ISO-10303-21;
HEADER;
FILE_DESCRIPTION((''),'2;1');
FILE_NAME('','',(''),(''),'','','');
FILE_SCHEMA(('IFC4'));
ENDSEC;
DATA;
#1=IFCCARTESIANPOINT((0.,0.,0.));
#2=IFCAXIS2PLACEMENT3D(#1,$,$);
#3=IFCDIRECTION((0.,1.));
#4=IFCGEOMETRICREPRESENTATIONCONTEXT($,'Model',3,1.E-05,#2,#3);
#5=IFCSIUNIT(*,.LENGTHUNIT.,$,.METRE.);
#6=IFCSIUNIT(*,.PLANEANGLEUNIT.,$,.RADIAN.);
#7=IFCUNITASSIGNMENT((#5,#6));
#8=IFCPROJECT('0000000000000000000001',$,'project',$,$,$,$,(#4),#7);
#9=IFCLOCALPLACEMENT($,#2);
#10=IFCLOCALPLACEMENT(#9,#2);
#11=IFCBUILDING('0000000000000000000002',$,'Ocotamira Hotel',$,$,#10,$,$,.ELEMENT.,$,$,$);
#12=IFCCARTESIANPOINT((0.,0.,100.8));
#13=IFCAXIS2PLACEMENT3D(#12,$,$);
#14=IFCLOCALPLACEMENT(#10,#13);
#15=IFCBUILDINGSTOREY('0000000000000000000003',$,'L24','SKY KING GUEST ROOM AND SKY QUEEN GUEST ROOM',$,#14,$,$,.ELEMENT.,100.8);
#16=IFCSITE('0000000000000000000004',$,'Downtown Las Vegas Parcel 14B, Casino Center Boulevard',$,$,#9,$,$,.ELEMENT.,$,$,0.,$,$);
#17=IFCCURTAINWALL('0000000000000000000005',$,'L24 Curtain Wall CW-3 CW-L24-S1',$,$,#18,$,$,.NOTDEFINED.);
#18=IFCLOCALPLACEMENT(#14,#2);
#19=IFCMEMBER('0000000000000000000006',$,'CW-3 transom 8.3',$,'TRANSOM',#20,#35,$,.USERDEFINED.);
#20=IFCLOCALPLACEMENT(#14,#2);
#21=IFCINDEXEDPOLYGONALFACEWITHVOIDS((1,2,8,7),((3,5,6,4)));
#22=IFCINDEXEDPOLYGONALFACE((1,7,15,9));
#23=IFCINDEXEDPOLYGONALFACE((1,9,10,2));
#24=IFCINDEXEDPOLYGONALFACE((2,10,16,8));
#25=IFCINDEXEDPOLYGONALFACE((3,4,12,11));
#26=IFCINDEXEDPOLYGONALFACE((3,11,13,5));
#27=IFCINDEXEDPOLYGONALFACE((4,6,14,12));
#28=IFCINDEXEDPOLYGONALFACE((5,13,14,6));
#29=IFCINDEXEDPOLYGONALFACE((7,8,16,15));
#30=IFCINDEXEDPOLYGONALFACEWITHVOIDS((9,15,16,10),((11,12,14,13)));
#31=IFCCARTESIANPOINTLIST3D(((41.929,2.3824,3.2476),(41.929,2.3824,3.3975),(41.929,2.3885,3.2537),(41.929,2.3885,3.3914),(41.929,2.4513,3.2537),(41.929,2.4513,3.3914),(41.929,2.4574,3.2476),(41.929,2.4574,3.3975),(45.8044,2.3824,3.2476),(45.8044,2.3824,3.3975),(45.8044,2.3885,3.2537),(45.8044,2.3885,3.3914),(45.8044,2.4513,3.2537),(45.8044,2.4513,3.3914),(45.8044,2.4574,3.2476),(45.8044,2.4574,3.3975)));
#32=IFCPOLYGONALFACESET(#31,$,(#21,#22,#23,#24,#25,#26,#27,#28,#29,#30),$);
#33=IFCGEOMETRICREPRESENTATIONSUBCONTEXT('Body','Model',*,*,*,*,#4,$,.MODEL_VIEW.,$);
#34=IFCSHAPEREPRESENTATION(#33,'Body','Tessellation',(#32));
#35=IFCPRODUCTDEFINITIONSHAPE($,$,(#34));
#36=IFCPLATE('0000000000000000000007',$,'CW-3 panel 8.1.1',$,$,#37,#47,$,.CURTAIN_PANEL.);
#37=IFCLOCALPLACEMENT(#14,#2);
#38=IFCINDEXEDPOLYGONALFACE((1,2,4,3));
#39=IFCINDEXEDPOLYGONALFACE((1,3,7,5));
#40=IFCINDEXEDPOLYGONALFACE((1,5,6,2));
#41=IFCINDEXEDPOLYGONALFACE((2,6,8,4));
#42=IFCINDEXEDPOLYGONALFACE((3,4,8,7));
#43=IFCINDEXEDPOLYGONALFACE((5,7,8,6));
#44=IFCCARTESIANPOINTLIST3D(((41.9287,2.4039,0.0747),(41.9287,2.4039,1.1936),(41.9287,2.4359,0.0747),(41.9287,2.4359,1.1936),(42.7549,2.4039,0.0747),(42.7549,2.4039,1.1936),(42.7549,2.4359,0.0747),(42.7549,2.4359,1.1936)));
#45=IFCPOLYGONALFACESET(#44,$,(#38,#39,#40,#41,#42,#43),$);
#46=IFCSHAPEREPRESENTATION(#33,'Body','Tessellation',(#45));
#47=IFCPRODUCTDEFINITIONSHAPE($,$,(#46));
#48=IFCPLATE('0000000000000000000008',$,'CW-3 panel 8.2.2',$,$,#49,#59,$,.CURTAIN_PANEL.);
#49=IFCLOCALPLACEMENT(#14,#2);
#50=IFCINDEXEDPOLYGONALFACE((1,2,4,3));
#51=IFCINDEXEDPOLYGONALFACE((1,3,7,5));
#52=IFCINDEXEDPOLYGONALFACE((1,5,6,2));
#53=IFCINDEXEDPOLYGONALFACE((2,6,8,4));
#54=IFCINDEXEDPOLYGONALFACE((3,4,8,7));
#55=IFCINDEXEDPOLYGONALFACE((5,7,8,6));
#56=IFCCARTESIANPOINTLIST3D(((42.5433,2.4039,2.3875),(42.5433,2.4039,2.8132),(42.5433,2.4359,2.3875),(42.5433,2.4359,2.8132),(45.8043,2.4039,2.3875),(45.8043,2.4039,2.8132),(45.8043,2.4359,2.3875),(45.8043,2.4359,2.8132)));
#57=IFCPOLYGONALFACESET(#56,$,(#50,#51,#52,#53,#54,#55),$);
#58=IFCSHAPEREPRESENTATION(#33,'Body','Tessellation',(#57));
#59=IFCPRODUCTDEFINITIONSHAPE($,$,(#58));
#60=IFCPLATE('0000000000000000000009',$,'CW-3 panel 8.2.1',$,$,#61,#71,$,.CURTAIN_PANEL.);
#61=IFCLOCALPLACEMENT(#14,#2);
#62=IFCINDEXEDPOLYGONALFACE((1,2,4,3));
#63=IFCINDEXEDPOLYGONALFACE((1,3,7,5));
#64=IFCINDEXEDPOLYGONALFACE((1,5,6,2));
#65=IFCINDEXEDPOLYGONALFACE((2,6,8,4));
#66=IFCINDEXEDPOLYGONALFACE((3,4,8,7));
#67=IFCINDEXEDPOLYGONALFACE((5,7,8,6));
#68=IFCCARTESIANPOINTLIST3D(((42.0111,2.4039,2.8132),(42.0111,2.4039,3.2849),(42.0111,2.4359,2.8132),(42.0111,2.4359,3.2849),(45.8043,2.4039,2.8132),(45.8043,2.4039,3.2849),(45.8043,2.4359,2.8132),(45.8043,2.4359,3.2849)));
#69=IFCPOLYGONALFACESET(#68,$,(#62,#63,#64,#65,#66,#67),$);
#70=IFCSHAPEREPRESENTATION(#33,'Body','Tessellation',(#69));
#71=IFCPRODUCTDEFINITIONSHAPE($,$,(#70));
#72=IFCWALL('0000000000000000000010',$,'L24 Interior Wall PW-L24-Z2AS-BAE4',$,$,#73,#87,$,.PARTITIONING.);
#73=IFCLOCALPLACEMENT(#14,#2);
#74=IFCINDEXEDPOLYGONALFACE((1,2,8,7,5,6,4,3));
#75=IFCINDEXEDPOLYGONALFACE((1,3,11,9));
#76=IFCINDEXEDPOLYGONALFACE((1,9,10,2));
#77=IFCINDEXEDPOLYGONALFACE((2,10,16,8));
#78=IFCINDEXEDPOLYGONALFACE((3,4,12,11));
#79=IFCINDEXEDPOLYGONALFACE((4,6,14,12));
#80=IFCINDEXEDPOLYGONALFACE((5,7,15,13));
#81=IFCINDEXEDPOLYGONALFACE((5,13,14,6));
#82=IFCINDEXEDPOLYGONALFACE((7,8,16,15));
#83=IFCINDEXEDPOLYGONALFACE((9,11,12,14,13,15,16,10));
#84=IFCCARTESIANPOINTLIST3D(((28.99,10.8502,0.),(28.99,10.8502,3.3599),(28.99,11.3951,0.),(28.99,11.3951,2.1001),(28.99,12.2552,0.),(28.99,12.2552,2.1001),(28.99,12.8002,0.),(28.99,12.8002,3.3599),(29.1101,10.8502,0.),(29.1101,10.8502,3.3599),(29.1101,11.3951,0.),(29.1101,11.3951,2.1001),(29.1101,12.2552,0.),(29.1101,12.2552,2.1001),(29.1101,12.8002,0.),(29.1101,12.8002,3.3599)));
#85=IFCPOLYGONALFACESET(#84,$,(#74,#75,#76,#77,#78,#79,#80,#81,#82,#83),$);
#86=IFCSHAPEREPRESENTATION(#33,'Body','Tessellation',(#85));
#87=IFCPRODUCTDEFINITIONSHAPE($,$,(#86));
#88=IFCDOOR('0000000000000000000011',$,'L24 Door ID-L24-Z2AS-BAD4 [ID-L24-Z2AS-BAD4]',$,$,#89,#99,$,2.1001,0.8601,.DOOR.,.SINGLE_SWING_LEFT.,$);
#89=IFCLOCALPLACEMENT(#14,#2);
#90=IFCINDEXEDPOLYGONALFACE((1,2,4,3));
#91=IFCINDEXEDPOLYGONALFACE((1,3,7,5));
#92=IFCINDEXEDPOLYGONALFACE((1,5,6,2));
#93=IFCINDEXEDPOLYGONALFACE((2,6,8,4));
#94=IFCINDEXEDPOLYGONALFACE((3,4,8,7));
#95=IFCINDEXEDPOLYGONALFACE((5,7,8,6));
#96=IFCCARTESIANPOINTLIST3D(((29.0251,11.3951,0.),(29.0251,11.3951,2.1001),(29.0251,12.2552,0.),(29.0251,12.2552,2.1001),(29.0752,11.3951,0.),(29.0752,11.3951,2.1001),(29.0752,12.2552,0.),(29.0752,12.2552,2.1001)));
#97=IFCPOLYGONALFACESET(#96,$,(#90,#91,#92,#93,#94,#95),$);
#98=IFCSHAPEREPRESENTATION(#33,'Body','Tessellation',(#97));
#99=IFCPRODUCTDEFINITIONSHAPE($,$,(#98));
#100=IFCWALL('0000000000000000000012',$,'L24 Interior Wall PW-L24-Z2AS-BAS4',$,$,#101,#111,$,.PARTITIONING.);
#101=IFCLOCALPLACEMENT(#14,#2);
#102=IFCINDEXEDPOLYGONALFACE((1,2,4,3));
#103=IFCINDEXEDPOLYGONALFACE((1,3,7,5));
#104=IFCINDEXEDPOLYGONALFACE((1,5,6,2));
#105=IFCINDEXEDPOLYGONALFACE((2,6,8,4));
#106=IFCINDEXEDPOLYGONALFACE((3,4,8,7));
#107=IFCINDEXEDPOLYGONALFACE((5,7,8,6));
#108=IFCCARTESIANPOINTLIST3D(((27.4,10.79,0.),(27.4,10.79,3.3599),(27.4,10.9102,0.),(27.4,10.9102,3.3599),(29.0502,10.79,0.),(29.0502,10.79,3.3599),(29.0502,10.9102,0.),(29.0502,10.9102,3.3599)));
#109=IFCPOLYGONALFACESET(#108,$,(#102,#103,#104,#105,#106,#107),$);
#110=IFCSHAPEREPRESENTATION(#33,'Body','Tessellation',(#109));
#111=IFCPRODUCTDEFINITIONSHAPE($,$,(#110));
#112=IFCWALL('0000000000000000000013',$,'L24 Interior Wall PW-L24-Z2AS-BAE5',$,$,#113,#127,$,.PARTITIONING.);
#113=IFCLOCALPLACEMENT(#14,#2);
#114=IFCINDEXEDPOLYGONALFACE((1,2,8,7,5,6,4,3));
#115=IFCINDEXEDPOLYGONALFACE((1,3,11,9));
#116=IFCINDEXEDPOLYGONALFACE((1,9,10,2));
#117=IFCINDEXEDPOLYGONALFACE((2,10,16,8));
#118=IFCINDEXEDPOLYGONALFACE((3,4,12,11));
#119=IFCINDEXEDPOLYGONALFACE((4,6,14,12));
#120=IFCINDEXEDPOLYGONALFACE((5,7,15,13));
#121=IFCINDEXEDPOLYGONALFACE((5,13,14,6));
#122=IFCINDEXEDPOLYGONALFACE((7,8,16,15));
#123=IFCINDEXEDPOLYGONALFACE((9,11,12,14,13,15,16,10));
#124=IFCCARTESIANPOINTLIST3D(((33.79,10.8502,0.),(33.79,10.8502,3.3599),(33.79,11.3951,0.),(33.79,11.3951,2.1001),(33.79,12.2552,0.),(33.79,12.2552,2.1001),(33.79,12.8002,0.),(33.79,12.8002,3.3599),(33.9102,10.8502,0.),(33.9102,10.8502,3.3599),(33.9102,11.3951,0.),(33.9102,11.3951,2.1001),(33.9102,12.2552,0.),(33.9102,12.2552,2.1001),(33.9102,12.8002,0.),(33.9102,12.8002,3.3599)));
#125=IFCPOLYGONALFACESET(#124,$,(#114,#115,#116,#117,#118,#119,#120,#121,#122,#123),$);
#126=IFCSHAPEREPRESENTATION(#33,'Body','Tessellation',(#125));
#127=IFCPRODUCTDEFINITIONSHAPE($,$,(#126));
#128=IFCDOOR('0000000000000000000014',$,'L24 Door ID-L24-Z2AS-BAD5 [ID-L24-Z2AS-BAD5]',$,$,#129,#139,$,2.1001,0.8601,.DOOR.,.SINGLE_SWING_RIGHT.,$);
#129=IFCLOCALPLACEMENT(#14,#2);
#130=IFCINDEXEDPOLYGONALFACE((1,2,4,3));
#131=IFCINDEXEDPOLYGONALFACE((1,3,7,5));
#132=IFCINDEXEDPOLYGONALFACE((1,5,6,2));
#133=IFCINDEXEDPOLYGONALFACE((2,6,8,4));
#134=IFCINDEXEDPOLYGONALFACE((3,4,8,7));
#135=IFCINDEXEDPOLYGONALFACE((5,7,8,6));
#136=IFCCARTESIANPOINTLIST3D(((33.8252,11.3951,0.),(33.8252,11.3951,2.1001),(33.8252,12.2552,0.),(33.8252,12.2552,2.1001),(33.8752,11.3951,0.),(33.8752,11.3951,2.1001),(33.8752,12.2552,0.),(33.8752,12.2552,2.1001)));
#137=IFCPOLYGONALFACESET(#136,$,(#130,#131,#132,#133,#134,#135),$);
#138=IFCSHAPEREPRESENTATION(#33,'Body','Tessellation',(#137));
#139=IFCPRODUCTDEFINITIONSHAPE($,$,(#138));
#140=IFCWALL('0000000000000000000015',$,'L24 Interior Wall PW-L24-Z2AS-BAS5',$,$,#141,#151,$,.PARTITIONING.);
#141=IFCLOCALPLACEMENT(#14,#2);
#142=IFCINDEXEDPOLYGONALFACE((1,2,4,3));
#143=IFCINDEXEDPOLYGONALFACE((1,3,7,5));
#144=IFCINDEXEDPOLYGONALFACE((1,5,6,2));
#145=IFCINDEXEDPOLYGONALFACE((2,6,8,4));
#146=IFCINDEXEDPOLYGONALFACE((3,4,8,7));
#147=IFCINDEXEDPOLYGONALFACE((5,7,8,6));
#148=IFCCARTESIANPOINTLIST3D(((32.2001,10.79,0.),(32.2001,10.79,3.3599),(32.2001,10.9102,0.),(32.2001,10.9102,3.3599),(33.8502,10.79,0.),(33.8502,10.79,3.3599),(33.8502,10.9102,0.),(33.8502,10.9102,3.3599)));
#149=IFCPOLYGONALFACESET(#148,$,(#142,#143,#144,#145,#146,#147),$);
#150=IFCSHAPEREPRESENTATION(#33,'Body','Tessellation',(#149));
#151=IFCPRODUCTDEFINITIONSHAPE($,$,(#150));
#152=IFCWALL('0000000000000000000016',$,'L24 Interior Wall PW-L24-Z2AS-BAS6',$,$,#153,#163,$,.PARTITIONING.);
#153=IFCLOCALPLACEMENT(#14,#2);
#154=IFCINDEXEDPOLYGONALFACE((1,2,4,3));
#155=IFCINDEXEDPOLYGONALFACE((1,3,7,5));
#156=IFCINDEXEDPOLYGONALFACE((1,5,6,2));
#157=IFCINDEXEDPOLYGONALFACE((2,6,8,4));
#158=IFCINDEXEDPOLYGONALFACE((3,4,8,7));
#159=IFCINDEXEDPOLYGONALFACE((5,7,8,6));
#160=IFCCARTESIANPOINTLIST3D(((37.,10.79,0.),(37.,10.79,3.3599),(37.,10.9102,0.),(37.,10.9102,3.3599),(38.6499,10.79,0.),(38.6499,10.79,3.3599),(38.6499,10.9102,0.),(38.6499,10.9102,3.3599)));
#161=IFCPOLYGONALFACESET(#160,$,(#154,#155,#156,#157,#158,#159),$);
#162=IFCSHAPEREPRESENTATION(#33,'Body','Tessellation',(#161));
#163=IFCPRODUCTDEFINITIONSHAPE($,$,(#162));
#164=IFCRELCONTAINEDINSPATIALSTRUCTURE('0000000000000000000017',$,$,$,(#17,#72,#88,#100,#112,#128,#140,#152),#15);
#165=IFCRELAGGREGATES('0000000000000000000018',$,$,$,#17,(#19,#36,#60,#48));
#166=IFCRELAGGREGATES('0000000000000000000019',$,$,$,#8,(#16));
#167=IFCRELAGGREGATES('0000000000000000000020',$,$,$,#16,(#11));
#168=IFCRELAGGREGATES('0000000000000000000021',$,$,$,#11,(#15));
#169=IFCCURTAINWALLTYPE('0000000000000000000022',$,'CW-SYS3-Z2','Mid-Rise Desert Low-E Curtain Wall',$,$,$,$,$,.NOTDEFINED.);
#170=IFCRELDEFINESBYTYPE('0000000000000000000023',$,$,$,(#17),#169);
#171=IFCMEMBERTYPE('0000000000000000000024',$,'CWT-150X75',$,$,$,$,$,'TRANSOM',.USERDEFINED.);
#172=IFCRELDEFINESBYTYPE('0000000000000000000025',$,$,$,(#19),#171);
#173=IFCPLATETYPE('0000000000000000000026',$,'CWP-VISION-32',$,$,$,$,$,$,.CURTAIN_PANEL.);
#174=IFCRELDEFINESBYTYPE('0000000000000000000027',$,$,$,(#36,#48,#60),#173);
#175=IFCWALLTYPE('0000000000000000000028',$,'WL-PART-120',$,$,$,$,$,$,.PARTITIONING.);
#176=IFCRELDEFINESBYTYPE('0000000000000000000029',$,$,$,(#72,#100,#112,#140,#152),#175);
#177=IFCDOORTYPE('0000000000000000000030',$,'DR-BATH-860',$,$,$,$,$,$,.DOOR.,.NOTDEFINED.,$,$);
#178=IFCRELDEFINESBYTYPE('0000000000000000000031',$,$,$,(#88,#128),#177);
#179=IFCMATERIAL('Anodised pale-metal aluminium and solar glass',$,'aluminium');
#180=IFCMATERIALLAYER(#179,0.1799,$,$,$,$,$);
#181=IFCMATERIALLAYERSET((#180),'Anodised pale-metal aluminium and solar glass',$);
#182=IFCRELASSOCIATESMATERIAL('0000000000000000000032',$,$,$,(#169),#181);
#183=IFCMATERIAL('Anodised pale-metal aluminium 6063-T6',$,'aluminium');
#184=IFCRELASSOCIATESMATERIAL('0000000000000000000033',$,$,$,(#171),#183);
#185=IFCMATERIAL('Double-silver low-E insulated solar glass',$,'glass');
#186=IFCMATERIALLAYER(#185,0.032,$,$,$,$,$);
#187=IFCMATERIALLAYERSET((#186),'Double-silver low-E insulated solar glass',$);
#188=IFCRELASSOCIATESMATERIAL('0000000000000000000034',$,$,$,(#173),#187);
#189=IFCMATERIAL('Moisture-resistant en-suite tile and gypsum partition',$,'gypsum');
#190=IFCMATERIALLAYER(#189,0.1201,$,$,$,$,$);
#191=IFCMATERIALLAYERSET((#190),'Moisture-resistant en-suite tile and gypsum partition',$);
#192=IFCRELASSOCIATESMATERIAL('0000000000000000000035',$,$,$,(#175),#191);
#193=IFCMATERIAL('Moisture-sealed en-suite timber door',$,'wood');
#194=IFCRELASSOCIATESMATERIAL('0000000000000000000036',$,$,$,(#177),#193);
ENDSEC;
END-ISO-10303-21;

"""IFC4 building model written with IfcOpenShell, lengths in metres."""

from ifc_helpers import new_model, si_unit, direction, frame, frame_2d, origin, origin_2d, place, context, subcontext, project, spatial, rectangle, hollow_rectangle, extrude, source, transform, mapped, material, layer, layer_set, material_profile, profile_set, type_object, element, fill, aggregate, save


model = new_model("IFC4")

# Units and contexts
model_context = context("Model", 3, precision=1e-05, world=origin(), true_north=direction((0.0, 1.0)))
body_context = subcontext(model_context, "Body", "Model", "MODEL_VIEW")
ifc_project = project(units=[si_unit("LENGTHUNIT", "METRE"), si_unit("PLANEANGLEUNIT", "RADIAN")], contexts=[model_context])

# Site, building, storey
site_placement = place(None, origin())
site = spatial("IfcSite", under=ifc_project, at=site_placement, Name="Downtown Las Vegas Parcel 14B, Casino Center Boulevard", CompositionType="ELEMENT", RefElevation=0.0)
building_placement = place(site_placement, origin())
building = spatial("IfcBuilding", under=site, at=building_placement, Name="Ocotamira Hotel", CompositionType="ELEMENT")
storey_placement = place(building_placement, frame((0.0, 0.0, 100.8)))
storey = spatial("IfcBuildingStorey", under=building, at=storey_placement, Name="L24", Description="SKY KING GUEST ROOM AND SKY QUEEN GUEST ROOM", CompositionType="ELEMENT", Elevation=100.8)

# Curtain wall, member, plates
ifc_material_1 = material(Name="Anodised pale-metal aluminium and solar glass", Category="aluminium")
ifc_layer_1 = layer(ifc_material_1, 0.1799)
ifc_layer_set_1 = layer_set([ifc_layer_1], Name="Anodised pale-metal aluminium and solar glass")
curtain_wall_type = type_object("IfcCurtainWallType", Name="CW-SYS3-Z2", Description="Mid-Rise Desert Low-E Curtain Wall", PredefinedType="NOTDEFINED", material=ifc_layer_set_1)
curtain_wall_placement = place(storey_placement, origin())
curtain_wall = element("IfcCurtainWall", 1, at=curtain_wall_placement, inside=storey, type_object=curtain_wall_type, Name="L24 Curtain Wall CW-3 CW-L24-S1", PredefinedType="NOTDEFINED")
ifc_material_2 = material(Name="Anodised pale-metal aluminium 6063-T6", Category="aluminium")
ifc_material_profile_1 = material_profile(ifc_material_2, hollow_rectangle(XDim=0.075, YDim=0.1499, WallThickness=0.0061, at=origin_2d()), Name="HSS150X75X6")
ifc_profile_set_1 = profile_set([ifc_material_profile_1], Name="Anodised pale-metal aluminium 6063-T6")
member_type = type_object("IfcMemberType", Name="CWT-150X75", ElementType="TRANSOM", PredefinedType="USERDEFINED", material=ifc_profile_set_1)
shared_shape_1 = source(origin(), body_context, "Body", "SweptSolid", [
    extrude(hollow_rectangle(XDim=0.075, YDim=0.1499, WallThickness=0.0061, at=origin_2d()), origin(), (0.0, 0.0, 1.0), 3.8755),
])
member_1_placement = place(storey_placement, frame((41.929, 2.4199, 3.3225), z_axis=(1.0, 0.0, 0.0), x_axis=(0.0, 1.0, 0.0)))
member_1 = element("IfcMember", 2, at=member_1_placement, type_object=member_type, Name="CW-3 transom 8.3", ObjectType="TRANSOM", PredefinedType="USERDEFINED", context=body_context, shape_type="MappedRepresentation", body=[
    mapped(shared_shape_1, transform((0.0, 0.0, 0.0), scale=1.0)),
])
ifc_material_3 = material(Name="Double-silver low-E insulated solar glass", Category="glass")
ifc_layer_2 = layer(ifc_material_3, 0.032)
ifc_layer_set_2 = layer_set([ifc_layer_2], Name="Double-silver low-E insulated solar glass")
plate_type = type_object("IfcPlateType", Name="CWP-VISION-32", PredefinedType="CURTAIN_PANEL", material=ifc_layer_set_2)
shared_shape_2 = source(origin(), body_context, "Body", "SweptSolid", [
    extrude(rectangle(XDim=0.8262, YDim=0.032, at=origin_2d()), origin(), (0.0, 0.0, 1.0), 1.1189),
])
plate_1_placement = place(storey_placement, frame((42.3418, 2.4199, 0.0747), z_axis=(0.0, 0.0, 1.0), x_axis=(1.0, 0.0, 0.0)))
plate_1 = element("IfcPlate", 3, at=plate_1_placement, type_object=plate_type, Name="CW-3 panel 8.1.1", PredefinedType="CURTAIN_PANEL", context=body_context, shape_type="MappedRepresentation", body=[
    mapped(shared_shape_2, transform((0.0, 0.0, 0.0), scale=1.0)),
])
shared_shape_3 = source(origin(), body_context, "Body", "SweptSolid", [
    extrude(rectangle(XDim=3.261, YDim=0.032, at=origin_2d()), origin(), (0.0, 0.0, 1.0), 0.4258),
])
plate_2_placement = place(storey_placement, frame((44.1738, 2.4199, 2.3875), z_axis=(0.0, 0.0, 1.0), x_axis=(1.0, 0.0, 0.0)))
plate_2 = element("IfcPlate", 4, at=plate_2_placement, type_object=plate_type, Name="CW-3 panel 8.2.2", PredefinedType="CURTAIN_PANEL", context=body_context, shape_type="MappedRepresentation", body=[
    mapped(shared_shape_3, transform((0.0, 0.0, 0.0), scale=1.0)),
])
shared_shape_4 = source(origin(), body_context, "Body", "SweptSolid", [
    extrude(rectangle(XDim=3.7932, YDim=0.032, at=origin_2d()), origin(), (0.0, 0.0, 1.0), 0.4717),
])
plate_3_placement = place(storey_placement, frame((43.9077, 2.4199, 2.8132), z_axis=(0.0, 0.0, 1.0), x_axis=(1.0, 0.0, 0.0)))
plate_3 = element("IfcPlate", 5, at=plate_3_placement, type_object=plate_type, Name="CW-3 panel 8.2.1", PredefinedType="CURTAIN_PANEL", context=body_context, shape_type="MappedRepresentation", body=[
    mapped(shared_shape_4, transform((0.0, 0.0, 0.0), scale=1.0)),
])
aggregate(curtain_wall, [member_1, plate_1, plate_3, plate_2])

# Wall, opening, door
ifc_material_4 = material(Name="Moisture-resistant en-suite tile and gypsum partition", Category="gypsum")
ifc_layer_3 = layer(ifc_material_4, 0.1201)
ifc_layer_set_3 = layer_set([ifc_layer_3], Name="Moisture-resistant en-suite tile and gypsum partition")
wall_type = type_object("IfcWallType", Name="WL-PART-120", PredefinedType="PARTITIONING", material=ifc_layer_set_3)
wall_1_placement = place(storey_placement, frame((29.05, 10.8501, 0.0), z_axis=(0.0, 0.0, 1.0), x_axis=(0.0, 1.0, 0.0)))
wall_1 = element("IfcWall", 6, at=wall_1_placement, inside=storey, type_object=wall_type, Name="L24 Interior Wall PW-L24-Z2AS-BAE4", PredefinedType="PARTITIONING", context=body_context, shape_type="SweptSolid", body=[
    extrude(rectangle(XDim=1.95, YDim=0.1201, at=frame_2d((0.9751, 0.0))), origin(), (0.0, 0.0, 1.0), 3.3599),
])
opening_1_placement = place(wall_1_placement, frame((0.5449, 0.0, 0.0)))
opening_1 = element("IfcOpeningElement", 7, at=opening_1_placement, cuts=wall_1, PredefinedType="OPENING", context=body_context, shape_type="SweptSolid", body=[
    extrude(rectangle(XDim=0.8601, YDim=2.1001, at=frame_2d((0.4302, 1.05))), frame((0.0, 0.0701, 0.0), z_axis=(0.0, -1.0, 0.0), x_axis=(1.0, 0.0, 0.0)), (0.0, 0.0, 1.0), 0.1401),
])
ifc_material_5 = material(Name="Moisture-sealed en-suite timber door", Category="wood")
door_type = type_object("IfcDoorType", Name="DR-BATH-860", OperationType="NOTDEFINED", PredefinedType="DOOR", material=ifc_material_5)
shared_shape_5 = source(origin(), body_context, "Body", "SweptSolid", [
    extrude(rectangle(XDim=0.8601, YDim=2.1001, at=frame_2d((0.4302, 1.05))), frame((0.0, 0.0249, 0.0), z_axis=(0.0, -1.0, 0.0), x_axis=(1.0, 0.0, 0.0)), (0.0, 0.0, 1.0), 0.05),
])
door_1_placement = place(opening_1_placement, origin())
door_1 = element("IfcDoor", 8, at=door_1_placement, inside=storey, type_object=door_type, Name="L24 Door ID-L24-Z2AS-BAD4 [ID-L24-Z2AS-BAD4]", OperationType="SINGLE_SWING_LEFT", OverallHeight=2.1001, OverallWidth=0.8601, PredefinedType="DOOR", context=body_context, shape_type="MappedRepresentation", body=[
    mapped(shared_shape_5, transform((0.0, 0.0, 0.0), scale=1.0)),
])
fill(opening_1, door_1)

# Wall
wall_2_placement = place(storey_placement, frame((27.3999, 10.8501, 0.0), z_axis=(0.0, 0.0, 1.0), x_axis=(1.0, 0.0, 0.0)))
element("IfcWall", 9, at=wall_2_placement, inside=storey, type_object=wall_type, Name="L24 Interior Wall PW-L24-Z2AS-BAS4", PredefinedType="PARTITIONING", context=body_context, shape_type="SweptSolid", body=[
    extrude(rectangle(XDim=1.6501, YDim=0.1201, at=frame_2d((0.8252, 0.0))), origin(), (0.0, 0.0, 1.0), 3.3599),
])

# Wall, opening, door
wall_3_placement = place(storey_placement, frame((33.8501, 10.8501, 0.0), z_axis=(0.0, 0.0, 1.0), x_axis=(0.0, 1.0, 0.0)))
wall_3 = element("IfcWall", 10, at=wall_3_placement, inside=storey, type_object=wall_type, Name="L24 Interior Wall PW-L24-Z2AS-BAE5", PredefinedType="PARTITIONING", context=body_context, shape_type="SweptSolid", body=[
    extrude(rectangle(XDim=1.95, YDim=0.1201, at=frame_2d((0.9751, 0.0))), origin(), (0.0, 0.0, 1.0), 3.3599),
])
opening_2_placement = place(wall_3_placement, frame((0.5449, 0.0, 0.0)))
opening_2 = element("IfcOpeningElement", 11, at=opening_2_placement, cuts=wall_3, PredefinedType="OPENING", context=body_context, shape_type="SweptSolid", body=[
    extrude(rectangle(XDim=0.8601, YDim=2.1001, at=frame_2d((0.4302, 1.05))), frame((0.0, 0.0701, 0.0), z_axis=(0.0, -1.0, 0.0), x_axis=(1.0, 0.0, 0.0)), (0.0, 0.0, 1.0), 0.1401),
])
door_2_placement = place(opening_2_placement, origin())
door_2 = element("IfcDoor", 12, at=door_2_placement, inside=storey, type_object=door_type, Name="L24 Door ID-L24-Z2AS-BAD5 [ID-L24-Z2AS-BAD5]", OperationType="SINGLE_SWING_RIGHT", OverallHeight=2.1001, OverallWidth=0.8601, PredefinedType="DOOR", context=body_context, shape_type="MappedRepresentation", body=[
    mapped(shared_shape_5, transform((0.0, 0.0, 0.0), scale=1.0)),
])
fill(opening_2, door_2)

# Walls
wall_4_placement = place(storey_placement, frame((32.2, 10.8501, 0.0), z_axis=(0.0, 0.0, 1.0), x_axis=(1.0, 0.0, 0.0)))
element("IfcWall", 13, at=wall_4_placement, inside=storey, type_object=wall_type, Name="L24 Interior Wall PW-L24-Z2AS-BAS5", PredefinedType="PARTITIONING", context=body_context, shape_type="SweptSolid", body=[
    extrude(rectangle(XDim=1.6501, YDim=0.1201, at=frame_2d((0.8252, 0.0))), origin(), (0.0, 0.0, 1.0), 3.3599),
])
wall_5_placement = place(storey_placement, frame((37.0, 10.8501, 0.0), z_axis=(0.0, 0.0, 1.0), x_axis=(1.0, 0.0, 0.0)))
element("IfcWall", 14, at=wall_5_placement, inside=storey, type_object=wall_type, Name="L24 Interior Wall PW-L24-Z2AS-BAS6", PredefinedType="PARTITIONING", context=body_context, shape_type="SweptSolid", body=[
    extrude(rectangle(XDim=1.6499, YDim=0.1201, at=frame_2d((0.825, 0.0))), origin(), (0.0, 0.0, 1.0), 3.3599),
])

save(model, "model.ifc")
